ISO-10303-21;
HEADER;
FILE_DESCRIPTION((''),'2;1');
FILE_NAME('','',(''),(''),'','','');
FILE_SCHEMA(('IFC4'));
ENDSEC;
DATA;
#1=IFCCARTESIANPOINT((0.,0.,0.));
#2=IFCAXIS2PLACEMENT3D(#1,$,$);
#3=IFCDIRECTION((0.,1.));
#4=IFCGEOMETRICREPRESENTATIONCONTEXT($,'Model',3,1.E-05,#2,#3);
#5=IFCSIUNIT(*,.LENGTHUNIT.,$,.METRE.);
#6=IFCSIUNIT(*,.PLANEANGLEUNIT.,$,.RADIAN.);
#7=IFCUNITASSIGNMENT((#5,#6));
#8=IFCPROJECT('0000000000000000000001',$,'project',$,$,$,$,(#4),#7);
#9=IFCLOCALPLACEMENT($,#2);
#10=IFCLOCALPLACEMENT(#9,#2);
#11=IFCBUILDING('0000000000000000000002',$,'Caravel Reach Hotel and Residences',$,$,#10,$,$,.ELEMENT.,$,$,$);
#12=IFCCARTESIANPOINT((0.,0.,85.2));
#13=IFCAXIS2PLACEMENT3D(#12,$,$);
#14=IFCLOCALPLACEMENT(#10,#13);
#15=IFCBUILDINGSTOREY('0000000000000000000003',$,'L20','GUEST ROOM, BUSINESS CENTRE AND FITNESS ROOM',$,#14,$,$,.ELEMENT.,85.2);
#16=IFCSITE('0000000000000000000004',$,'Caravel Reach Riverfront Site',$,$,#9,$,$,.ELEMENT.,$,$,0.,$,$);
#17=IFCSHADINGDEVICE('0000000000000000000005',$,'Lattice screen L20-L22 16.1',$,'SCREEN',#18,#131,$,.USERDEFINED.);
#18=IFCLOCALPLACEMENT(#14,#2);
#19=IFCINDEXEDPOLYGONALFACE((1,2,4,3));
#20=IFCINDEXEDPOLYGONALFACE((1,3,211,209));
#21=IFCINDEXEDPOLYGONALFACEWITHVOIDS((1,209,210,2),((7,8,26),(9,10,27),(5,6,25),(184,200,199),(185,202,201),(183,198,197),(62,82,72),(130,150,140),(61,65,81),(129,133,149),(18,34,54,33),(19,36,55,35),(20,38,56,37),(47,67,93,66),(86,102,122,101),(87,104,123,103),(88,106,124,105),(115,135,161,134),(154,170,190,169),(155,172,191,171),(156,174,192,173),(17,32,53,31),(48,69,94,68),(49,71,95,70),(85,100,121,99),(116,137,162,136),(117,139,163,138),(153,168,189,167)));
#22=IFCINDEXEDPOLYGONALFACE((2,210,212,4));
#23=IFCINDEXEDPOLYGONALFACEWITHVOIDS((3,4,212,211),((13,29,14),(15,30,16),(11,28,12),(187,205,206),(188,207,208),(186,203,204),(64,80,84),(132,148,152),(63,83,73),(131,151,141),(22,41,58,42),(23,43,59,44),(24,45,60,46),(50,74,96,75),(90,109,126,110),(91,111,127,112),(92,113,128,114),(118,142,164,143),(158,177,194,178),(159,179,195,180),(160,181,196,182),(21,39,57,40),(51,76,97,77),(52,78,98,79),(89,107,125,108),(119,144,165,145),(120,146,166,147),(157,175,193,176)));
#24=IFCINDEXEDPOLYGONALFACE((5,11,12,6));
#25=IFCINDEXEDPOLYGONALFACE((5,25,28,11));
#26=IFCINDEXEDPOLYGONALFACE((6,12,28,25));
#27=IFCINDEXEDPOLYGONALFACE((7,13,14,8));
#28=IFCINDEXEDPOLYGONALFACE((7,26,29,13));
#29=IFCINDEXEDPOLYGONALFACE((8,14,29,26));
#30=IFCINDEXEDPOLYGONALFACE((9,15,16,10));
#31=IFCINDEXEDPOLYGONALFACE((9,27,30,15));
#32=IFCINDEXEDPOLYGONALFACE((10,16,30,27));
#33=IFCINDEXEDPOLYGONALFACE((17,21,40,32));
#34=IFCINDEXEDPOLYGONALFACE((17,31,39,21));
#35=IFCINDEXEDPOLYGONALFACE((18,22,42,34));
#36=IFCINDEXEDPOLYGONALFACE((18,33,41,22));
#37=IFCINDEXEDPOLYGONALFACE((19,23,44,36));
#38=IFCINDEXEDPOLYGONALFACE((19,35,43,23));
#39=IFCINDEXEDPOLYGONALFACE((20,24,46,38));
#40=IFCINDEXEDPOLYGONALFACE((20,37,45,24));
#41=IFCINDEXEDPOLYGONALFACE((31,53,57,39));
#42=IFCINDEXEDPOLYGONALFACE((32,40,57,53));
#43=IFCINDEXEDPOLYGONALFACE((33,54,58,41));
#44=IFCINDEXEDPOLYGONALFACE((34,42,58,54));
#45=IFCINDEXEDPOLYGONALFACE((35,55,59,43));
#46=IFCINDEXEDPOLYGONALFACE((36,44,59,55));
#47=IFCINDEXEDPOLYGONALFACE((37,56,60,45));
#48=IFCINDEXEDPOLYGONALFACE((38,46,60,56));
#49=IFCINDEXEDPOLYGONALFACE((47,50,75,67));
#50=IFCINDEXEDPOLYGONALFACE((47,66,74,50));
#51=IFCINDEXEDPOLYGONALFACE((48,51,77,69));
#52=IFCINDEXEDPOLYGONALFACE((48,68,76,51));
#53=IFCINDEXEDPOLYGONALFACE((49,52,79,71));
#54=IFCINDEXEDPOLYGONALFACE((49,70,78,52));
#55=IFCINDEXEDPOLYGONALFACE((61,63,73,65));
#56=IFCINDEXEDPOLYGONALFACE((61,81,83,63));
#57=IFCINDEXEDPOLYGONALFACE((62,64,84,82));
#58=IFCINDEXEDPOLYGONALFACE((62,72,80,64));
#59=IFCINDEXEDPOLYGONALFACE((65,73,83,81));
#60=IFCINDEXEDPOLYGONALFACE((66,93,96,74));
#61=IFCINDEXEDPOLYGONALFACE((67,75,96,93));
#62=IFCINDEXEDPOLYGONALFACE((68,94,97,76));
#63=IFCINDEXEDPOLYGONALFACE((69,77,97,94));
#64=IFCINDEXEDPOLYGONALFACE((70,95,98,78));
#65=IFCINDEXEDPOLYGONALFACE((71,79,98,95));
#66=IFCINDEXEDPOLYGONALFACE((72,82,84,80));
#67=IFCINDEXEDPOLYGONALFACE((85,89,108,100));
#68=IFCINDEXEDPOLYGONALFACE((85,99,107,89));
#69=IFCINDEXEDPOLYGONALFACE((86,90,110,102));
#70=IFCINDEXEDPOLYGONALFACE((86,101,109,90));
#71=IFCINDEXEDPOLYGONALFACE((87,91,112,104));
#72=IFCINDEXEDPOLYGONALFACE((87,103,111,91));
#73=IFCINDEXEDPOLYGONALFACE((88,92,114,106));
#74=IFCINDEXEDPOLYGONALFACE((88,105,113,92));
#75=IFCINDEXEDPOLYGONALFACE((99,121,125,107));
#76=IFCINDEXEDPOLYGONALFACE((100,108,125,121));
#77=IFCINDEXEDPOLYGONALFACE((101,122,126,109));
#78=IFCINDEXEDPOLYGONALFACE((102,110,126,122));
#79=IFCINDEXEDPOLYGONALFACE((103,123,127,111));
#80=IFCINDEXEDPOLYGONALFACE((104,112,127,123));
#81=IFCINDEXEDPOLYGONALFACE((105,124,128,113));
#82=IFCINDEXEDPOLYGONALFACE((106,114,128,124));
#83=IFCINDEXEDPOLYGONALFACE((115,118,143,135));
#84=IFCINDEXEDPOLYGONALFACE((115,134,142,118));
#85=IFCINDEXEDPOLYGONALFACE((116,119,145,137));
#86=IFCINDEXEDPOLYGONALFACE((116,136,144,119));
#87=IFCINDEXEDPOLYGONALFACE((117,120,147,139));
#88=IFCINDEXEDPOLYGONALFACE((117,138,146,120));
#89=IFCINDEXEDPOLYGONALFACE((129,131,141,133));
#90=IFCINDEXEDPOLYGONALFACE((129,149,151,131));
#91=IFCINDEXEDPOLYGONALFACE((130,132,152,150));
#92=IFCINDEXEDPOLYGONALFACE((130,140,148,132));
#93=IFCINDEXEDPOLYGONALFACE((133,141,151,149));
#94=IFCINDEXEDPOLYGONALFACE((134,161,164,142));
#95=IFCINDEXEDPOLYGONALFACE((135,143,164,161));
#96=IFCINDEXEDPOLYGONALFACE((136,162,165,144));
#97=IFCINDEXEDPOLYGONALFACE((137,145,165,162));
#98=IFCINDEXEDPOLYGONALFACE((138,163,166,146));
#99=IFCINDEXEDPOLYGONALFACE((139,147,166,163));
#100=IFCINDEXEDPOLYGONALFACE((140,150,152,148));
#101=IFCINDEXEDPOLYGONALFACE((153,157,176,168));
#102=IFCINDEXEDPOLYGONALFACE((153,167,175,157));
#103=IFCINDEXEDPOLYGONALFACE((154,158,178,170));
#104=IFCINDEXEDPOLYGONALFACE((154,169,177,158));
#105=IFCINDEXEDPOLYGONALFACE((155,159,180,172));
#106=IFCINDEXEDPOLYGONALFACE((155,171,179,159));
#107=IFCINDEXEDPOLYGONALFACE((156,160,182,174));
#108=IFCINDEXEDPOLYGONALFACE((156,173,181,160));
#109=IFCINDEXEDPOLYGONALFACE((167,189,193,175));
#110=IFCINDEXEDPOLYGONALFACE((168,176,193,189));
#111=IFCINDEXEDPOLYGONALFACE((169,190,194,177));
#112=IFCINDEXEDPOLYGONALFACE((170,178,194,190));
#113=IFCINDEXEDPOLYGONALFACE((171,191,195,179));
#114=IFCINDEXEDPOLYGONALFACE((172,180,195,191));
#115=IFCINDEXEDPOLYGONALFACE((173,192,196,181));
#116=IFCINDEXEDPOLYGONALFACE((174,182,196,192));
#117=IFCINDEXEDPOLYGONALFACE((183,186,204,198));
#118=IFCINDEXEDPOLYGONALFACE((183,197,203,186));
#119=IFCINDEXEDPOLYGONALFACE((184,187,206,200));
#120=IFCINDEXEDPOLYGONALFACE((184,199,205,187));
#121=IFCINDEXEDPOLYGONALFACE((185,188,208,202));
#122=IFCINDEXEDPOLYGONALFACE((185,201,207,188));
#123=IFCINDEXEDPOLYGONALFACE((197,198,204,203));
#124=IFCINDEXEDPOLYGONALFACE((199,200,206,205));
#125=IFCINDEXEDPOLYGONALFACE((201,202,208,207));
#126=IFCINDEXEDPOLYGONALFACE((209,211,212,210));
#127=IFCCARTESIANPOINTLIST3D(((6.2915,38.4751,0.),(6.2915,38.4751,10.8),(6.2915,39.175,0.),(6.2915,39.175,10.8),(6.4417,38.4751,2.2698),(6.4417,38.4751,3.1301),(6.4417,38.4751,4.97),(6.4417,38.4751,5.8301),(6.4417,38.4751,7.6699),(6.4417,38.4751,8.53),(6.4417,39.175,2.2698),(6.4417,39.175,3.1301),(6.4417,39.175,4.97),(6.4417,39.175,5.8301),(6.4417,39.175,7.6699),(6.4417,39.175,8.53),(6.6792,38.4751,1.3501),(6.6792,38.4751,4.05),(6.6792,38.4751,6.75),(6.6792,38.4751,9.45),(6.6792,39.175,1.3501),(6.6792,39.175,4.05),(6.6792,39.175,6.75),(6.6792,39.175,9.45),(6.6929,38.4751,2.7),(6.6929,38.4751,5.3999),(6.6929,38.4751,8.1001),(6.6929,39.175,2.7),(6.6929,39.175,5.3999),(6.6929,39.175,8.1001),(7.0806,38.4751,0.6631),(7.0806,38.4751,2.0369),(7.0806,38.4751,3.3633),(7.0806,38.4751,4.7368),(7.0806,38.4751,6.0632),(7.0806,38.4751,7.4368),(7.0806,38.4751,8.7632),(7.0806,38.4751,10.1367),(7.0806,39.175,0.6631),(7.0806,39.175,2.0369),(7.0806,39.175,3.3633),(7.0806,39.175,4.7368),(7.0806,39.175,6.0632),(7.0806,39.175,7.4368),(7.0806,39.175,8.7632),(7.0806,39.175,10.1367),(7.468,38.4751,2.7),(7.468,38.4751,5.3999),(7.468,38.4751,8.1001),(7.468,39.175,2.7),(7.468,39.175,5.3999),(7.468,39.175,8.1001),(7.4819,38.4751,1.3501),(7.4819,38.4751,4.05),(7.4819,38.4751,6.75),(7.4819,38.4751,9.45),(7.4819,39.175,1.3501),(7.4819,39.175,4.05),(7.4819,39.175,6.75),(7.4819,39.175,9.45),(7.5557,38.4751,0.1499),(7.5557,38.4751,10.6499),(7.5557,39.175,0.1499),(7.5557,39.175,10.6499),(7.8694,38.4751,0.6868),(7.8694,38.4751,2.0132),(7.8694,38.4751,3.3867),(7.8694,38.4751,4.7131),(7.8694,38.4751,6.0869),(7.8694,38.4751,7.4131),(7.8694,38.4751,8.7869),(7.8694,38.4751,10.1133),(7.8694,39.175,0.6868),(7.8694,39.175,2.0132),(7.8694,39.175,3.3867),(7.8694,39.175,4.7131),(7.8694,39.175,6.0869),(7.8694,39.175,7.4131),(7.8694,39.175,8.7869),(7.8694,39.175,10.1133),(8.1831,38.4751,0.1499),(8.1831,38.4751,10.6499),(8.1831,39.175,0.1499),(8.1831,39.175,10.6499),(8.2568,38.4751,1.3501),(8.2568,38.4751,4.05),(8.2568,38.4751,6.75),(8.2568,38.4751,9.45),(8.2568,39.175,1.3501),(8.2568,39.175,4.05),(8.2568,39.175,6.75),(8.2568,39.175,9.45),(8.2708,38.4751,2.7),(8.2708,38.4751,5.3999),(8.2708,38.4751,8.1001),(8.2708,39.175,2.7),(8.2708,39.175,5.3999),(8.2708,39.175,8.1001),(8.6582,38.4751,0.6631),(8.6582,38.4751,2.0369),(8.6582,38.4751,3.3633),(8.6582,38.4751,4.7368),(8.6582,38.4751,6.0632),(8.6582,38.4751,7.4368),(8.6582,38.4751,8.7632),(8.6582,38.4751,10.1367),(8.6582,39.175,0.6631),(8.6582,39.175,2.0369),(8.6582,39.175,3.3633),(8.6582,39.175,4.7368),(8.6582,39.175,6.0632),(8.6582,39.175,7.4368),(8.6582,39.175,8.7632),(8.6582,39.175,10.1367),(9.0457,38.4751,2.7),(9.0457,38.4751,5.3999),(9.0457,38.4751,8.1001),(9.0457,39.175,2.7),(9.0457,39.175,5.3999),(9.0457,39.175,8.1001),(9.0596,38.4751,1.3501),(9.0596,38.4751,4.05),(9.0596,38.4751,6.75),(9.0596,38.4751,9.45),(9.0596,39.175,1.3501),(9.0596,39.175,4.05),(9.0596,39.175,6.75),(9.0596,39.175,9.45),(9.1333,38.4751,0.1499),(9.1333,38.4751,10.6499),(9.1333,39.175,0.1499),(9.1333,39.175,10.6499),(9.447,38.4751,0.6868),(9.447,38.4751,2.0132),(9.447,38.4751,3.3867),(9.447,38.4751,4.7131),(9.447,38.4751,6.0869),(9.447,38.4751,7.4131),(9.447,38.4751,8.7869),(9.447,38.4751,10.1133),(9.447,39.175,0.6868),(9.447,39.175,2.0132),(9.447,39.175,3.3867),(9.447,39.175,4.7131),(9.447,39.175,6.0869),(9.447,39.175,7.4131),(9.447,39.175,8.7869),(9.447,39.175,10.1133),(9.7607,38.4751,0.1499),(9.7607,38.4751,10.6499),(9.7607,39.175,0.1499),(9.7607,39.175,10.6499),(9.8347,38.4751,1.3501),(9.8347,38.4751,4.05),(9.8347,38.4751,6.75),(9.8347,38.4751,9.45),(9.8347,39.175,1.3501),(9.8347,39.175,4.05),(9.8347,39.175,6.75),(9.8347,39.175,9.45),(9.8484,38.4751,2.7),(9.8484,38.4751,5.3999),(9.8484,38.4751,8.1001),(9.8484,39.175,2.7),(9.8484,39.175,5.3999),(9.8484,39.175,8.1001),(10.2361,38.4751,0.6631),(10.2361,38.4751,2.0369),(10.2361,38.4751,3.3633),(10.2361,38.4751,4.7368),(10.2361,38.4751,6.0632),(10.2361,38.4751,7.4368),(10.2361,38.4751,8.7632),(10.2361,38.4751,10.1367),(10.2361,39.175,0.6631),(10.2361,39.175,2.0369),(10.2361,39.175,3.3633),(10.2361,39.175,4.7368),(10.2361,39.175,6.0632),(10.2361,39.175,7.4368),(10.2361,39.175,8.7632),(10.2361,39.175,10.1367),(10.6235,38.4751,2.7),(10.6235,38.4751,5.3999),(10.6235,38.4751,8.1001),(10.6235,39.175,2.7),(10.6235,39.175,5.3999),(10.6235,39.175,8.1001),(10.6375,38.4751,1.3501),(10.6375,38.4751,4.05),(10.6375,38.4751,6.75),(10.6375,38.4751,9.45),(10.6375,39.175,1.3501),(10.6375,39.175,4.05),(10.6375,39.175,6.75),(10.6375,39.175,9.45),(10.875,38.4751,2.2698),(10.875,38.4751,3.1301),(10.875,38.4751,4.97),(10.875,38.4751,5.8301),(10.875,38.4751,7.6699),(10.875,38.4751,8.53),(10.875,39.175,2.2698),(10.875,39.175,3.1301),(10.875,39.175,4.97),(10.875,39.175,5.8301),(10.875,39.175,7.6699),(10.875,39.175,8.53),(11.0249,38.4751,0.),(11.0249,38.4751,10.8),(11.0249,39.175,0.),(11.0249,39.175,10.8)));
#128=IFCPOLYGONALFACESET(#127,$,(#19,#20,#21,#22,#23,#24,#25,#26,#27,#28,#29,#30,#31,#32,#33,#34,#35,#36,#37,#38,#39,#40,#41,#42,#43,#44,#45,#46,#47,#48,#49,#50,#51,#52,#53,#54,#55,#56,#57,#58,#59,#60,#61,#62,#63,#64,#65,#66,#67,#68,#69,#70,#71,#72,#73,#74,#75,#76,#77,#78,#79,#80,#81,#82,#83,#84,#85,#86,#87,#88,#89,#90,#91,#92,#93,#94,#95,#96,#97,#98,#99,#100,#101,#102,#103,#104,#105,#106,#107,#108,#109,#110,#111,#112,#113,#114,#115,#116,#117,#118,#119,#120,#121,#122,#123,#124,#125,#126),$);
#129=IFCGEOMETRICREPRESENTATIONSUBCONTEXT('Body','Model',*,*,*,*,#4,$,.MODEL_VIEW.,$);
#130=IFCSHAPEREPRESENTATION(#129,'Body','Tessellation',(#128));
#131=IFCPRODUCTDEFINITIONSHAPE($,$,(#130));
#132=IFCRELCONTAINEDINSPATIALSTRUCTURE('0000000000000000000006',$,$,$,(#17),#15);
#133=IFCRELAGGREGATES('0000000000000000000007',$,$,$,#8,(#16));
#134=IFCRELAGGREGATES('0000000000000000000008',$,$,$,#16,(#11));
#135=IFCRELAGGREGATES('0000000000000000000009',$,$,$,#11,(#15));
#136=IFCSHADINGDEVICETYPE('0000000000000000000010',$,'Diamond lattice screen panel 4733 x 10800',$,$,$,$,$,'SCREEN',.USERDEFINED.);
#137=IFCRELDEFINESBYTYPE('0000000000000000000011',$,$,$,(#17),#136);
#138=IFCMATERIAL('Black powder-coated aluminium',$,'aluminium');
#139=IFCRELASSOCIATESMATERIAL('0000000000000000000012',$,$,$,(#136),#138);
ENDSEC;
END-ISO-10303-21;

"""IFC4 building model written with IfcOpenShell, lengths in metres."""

from ifc_helpers import new_model, si_unit, direction, frame, origin, place, context, subcontext, project, spatial, polyline, outline, extrude, material, type_object, element, save


model = new_model("IFC4")

# Units and contexts
model_context = context("Model", 3, precision=1e-05, world=origin(), true_north=direction((0.0, 1.0)))
body_context = subcontext(model_context, "Body", "Model", "MODEL_VIEW")
ifc_project = project(units=[si_unit("LENGTHUNIT", "METRE"), si_unit("PLANEANGLEUNIT", "RADIAN")], contexts=[model_context])

# Site, building, storey
site_placement = place(None, origin())
site = spatial("IfcSite", under=ifc_project, at=site_placement, Name="Caravel Reach Riverfront Site", CompositionType="ELEMENT", RefElevation=0.0)
building_placement = place(site_placement, origin())
building = spatial("IfcBuilding", under=site, at=building_placement, Name="Caravel Reach Hotel and Residences", CompositionType="ELEMENT")
storey_placement = place(building_placement, frame((0.0, 0.0, 85.2)))
storey = spatial("IfcBuildingStorey", under=building, at=storey_placement, Name="L20", Description="GUEST ROOM, BUSINESS CENTRE AND FITNESS ROOM", CompositionType="ELEMENT", Elevation=85.2)

# Shading device
ifc_material_1 = material(Name="Black powder-coated aluminium", Category="aluminium")
shading_device_type_1 = type_object("IfcShadingDeviceType", Name="Diamond lattice screen panel 4733 x 10800", ElementType="SCREEN", PredefinedType="USERDEFINED", material=ifc_material_1)
shading_device_1_placement = place(storey_placement, frame((11.0249, 38.4751, 0.0), z_axis=(0.0, 1.0, 0.0), x_axis=(-1.0, 0.0, 0.0)))
element("IfcShadingDevice", 1, at=shading_device_1_placement, inside=storey, type_object=shading_device_type_1, Name="Lattice screen L20-L22 16.1", ObjectType="SCREEN", PredefinedType="USERDEFINED", context=body_context, shape_type="SweptSolid", body=[
    extrude(outline(polyline([(0.0, 0.0), (4.7334, 0.0), (4.7334, 10.8), (0.0, 10.8), (0.0, 0.0)]), holes=[polyline([(0.4014, 2.7), (0.1499, 3.1301), (0.1499, 2.2698), (0.4014, 2.7)]), polyline([(0.4014, 5.3999), (0.1499, 5.8301), (0.1499, 4.97), (0.4014, 5.3999)]), polyline([(0.4014, 8.1001), (0.1499, 8.53), (0.1499, 7.6699), (0.4014, 8.1001)]), polyline([(0.7888, 2.0369), (0.3875, 1.3501), (0.7888, 0.6631), (1.1902, 1.3501), (0.7888, 2.0369)]), polyline([(0.7888, 4.7368), (0.3875, 4.05), (0.7888, 3.3633), (1.1902, 4.05), (0.7888, 4.7368)]), polyline([(0.7888, 7.4368), (0.3875, 6.75), (0.7888, 6.0632), (1.1902, 6.75), (0.7888, 7.4368)]), polyline([(0.7888, 10.1367), (0.3875, 9.45), (0.7888, 8.7632), (1.1902, 9.45), (0.7888, 10.1367)]), polyline([(1.5779, 0.6868), (1.2642, 0.1499), (1.8916, 0.1499), (1.5779, 0.6868)]), polyline([(1.5779, 3.3867), (1.1765, 2.7), (1.5779, 2.0132), (1.9792, 2.7), (1.5779, 3.3867)]), polyline([(1.5779, 6.0869), (1.1765, 5.3999), (1.5779, 4.7131), (1.9792, 5.3999), (1.5779, 6.0869)]), polyline([(1.5779, 8.7869), (1.1765, 8.1001), (1.5779, 7.4131), (1.9792, 8.1001), (1.5779, 8.7869)]), polyline([(1.5779, 10.1133), (1.8916, 10.6499), (1.2642, 10.6499), (1.5779, 10.1133)]), polyline([(2.3667, 2.0369), (1.9653, 1.3501), (2.3667, 0.6631), (2.7681, 1.3501), (2.3667, 2.0369)]), polyline([(2.3667, 4.7368), (1.9653, 4.05), (2.3667, 3.3633), (2.7681, 4.05), (2.3667, 4.7368)]), polyline([(2.3667, 7.4368), (1.9653, 6.75), (2.3667, 6.0632), (2.7681, 6.75), (2.3667, 7.4368)]), polyline([(2.3667, 10.1367), (1.9653, 9.45), (2.3667, 8.7632), (2.7681, 9.45), (2.3667, 10.1367)]), polyline([(3.1555, 0.6868), (2.8418, 0.1499), (3.4692, 0.1499), (3.1555, 0.6868)]), polyline([(3.1555, 3.3867), (2.7542, 2.7), (3.1555, 2.0132), (3.5569, 2.7), (3.1555, 3.3867)]), polyline([(3.1555, 6.0869), (2.7542, 5.3999), (3.1555, 4.7131), (3.5569, 5.3999), (3.1555, 6.0869)]), polyline([(3.1555, 8.7869), (2.7542, 8.1001), (3.1555, 7.4131), (3.5569, 8.1001), (3.1555, 8.7869)]), polyline([(3.1555, 10.1133), (3.4692, 10.6499), (2.8418, 10.6499), (3.1555, 10.1133)]), polyline([(3.9443, 2.0369), (3.543, 1.3501), (3.9443, 0.6631), (4.3457, 1.3501), (3.9443, 2.0369)]), polyline([(3.9443, 4.7368), (3.543, 4.05), (3.9443, 3.3633), (4.3457, 4.05), (3.9443, 4.7368)]), polyline([(3.9443, 7.4368), (3.543, 6.75), (3.9443, 6.0632), (4.3457, 6.75), (3.9443, 7.4368)]), polyline([(3.9443, 10.1367), (3.543, 9.45), (3.9443, 8.7632), (4.3457, 9.45), (3.9443, 10.1367)]), polyline([(4.332, 2.7), (4.5833, 2.2698), (4.5833, 3.1301), (4.332, 2.7)]), polyline([(4.332, 5.3999), (4.5833, 4.97), (4.5833, 5.8301), (4.332, 5.3999)]), polyline([(4.332, 8.1001), (4.5833, 7.6699), (4.5833, 8.53), (4.332, 8.1001)])]), origin(), (0.0, 0.0, 1.0), 0.7),
])

save(model, "model.ifc")
